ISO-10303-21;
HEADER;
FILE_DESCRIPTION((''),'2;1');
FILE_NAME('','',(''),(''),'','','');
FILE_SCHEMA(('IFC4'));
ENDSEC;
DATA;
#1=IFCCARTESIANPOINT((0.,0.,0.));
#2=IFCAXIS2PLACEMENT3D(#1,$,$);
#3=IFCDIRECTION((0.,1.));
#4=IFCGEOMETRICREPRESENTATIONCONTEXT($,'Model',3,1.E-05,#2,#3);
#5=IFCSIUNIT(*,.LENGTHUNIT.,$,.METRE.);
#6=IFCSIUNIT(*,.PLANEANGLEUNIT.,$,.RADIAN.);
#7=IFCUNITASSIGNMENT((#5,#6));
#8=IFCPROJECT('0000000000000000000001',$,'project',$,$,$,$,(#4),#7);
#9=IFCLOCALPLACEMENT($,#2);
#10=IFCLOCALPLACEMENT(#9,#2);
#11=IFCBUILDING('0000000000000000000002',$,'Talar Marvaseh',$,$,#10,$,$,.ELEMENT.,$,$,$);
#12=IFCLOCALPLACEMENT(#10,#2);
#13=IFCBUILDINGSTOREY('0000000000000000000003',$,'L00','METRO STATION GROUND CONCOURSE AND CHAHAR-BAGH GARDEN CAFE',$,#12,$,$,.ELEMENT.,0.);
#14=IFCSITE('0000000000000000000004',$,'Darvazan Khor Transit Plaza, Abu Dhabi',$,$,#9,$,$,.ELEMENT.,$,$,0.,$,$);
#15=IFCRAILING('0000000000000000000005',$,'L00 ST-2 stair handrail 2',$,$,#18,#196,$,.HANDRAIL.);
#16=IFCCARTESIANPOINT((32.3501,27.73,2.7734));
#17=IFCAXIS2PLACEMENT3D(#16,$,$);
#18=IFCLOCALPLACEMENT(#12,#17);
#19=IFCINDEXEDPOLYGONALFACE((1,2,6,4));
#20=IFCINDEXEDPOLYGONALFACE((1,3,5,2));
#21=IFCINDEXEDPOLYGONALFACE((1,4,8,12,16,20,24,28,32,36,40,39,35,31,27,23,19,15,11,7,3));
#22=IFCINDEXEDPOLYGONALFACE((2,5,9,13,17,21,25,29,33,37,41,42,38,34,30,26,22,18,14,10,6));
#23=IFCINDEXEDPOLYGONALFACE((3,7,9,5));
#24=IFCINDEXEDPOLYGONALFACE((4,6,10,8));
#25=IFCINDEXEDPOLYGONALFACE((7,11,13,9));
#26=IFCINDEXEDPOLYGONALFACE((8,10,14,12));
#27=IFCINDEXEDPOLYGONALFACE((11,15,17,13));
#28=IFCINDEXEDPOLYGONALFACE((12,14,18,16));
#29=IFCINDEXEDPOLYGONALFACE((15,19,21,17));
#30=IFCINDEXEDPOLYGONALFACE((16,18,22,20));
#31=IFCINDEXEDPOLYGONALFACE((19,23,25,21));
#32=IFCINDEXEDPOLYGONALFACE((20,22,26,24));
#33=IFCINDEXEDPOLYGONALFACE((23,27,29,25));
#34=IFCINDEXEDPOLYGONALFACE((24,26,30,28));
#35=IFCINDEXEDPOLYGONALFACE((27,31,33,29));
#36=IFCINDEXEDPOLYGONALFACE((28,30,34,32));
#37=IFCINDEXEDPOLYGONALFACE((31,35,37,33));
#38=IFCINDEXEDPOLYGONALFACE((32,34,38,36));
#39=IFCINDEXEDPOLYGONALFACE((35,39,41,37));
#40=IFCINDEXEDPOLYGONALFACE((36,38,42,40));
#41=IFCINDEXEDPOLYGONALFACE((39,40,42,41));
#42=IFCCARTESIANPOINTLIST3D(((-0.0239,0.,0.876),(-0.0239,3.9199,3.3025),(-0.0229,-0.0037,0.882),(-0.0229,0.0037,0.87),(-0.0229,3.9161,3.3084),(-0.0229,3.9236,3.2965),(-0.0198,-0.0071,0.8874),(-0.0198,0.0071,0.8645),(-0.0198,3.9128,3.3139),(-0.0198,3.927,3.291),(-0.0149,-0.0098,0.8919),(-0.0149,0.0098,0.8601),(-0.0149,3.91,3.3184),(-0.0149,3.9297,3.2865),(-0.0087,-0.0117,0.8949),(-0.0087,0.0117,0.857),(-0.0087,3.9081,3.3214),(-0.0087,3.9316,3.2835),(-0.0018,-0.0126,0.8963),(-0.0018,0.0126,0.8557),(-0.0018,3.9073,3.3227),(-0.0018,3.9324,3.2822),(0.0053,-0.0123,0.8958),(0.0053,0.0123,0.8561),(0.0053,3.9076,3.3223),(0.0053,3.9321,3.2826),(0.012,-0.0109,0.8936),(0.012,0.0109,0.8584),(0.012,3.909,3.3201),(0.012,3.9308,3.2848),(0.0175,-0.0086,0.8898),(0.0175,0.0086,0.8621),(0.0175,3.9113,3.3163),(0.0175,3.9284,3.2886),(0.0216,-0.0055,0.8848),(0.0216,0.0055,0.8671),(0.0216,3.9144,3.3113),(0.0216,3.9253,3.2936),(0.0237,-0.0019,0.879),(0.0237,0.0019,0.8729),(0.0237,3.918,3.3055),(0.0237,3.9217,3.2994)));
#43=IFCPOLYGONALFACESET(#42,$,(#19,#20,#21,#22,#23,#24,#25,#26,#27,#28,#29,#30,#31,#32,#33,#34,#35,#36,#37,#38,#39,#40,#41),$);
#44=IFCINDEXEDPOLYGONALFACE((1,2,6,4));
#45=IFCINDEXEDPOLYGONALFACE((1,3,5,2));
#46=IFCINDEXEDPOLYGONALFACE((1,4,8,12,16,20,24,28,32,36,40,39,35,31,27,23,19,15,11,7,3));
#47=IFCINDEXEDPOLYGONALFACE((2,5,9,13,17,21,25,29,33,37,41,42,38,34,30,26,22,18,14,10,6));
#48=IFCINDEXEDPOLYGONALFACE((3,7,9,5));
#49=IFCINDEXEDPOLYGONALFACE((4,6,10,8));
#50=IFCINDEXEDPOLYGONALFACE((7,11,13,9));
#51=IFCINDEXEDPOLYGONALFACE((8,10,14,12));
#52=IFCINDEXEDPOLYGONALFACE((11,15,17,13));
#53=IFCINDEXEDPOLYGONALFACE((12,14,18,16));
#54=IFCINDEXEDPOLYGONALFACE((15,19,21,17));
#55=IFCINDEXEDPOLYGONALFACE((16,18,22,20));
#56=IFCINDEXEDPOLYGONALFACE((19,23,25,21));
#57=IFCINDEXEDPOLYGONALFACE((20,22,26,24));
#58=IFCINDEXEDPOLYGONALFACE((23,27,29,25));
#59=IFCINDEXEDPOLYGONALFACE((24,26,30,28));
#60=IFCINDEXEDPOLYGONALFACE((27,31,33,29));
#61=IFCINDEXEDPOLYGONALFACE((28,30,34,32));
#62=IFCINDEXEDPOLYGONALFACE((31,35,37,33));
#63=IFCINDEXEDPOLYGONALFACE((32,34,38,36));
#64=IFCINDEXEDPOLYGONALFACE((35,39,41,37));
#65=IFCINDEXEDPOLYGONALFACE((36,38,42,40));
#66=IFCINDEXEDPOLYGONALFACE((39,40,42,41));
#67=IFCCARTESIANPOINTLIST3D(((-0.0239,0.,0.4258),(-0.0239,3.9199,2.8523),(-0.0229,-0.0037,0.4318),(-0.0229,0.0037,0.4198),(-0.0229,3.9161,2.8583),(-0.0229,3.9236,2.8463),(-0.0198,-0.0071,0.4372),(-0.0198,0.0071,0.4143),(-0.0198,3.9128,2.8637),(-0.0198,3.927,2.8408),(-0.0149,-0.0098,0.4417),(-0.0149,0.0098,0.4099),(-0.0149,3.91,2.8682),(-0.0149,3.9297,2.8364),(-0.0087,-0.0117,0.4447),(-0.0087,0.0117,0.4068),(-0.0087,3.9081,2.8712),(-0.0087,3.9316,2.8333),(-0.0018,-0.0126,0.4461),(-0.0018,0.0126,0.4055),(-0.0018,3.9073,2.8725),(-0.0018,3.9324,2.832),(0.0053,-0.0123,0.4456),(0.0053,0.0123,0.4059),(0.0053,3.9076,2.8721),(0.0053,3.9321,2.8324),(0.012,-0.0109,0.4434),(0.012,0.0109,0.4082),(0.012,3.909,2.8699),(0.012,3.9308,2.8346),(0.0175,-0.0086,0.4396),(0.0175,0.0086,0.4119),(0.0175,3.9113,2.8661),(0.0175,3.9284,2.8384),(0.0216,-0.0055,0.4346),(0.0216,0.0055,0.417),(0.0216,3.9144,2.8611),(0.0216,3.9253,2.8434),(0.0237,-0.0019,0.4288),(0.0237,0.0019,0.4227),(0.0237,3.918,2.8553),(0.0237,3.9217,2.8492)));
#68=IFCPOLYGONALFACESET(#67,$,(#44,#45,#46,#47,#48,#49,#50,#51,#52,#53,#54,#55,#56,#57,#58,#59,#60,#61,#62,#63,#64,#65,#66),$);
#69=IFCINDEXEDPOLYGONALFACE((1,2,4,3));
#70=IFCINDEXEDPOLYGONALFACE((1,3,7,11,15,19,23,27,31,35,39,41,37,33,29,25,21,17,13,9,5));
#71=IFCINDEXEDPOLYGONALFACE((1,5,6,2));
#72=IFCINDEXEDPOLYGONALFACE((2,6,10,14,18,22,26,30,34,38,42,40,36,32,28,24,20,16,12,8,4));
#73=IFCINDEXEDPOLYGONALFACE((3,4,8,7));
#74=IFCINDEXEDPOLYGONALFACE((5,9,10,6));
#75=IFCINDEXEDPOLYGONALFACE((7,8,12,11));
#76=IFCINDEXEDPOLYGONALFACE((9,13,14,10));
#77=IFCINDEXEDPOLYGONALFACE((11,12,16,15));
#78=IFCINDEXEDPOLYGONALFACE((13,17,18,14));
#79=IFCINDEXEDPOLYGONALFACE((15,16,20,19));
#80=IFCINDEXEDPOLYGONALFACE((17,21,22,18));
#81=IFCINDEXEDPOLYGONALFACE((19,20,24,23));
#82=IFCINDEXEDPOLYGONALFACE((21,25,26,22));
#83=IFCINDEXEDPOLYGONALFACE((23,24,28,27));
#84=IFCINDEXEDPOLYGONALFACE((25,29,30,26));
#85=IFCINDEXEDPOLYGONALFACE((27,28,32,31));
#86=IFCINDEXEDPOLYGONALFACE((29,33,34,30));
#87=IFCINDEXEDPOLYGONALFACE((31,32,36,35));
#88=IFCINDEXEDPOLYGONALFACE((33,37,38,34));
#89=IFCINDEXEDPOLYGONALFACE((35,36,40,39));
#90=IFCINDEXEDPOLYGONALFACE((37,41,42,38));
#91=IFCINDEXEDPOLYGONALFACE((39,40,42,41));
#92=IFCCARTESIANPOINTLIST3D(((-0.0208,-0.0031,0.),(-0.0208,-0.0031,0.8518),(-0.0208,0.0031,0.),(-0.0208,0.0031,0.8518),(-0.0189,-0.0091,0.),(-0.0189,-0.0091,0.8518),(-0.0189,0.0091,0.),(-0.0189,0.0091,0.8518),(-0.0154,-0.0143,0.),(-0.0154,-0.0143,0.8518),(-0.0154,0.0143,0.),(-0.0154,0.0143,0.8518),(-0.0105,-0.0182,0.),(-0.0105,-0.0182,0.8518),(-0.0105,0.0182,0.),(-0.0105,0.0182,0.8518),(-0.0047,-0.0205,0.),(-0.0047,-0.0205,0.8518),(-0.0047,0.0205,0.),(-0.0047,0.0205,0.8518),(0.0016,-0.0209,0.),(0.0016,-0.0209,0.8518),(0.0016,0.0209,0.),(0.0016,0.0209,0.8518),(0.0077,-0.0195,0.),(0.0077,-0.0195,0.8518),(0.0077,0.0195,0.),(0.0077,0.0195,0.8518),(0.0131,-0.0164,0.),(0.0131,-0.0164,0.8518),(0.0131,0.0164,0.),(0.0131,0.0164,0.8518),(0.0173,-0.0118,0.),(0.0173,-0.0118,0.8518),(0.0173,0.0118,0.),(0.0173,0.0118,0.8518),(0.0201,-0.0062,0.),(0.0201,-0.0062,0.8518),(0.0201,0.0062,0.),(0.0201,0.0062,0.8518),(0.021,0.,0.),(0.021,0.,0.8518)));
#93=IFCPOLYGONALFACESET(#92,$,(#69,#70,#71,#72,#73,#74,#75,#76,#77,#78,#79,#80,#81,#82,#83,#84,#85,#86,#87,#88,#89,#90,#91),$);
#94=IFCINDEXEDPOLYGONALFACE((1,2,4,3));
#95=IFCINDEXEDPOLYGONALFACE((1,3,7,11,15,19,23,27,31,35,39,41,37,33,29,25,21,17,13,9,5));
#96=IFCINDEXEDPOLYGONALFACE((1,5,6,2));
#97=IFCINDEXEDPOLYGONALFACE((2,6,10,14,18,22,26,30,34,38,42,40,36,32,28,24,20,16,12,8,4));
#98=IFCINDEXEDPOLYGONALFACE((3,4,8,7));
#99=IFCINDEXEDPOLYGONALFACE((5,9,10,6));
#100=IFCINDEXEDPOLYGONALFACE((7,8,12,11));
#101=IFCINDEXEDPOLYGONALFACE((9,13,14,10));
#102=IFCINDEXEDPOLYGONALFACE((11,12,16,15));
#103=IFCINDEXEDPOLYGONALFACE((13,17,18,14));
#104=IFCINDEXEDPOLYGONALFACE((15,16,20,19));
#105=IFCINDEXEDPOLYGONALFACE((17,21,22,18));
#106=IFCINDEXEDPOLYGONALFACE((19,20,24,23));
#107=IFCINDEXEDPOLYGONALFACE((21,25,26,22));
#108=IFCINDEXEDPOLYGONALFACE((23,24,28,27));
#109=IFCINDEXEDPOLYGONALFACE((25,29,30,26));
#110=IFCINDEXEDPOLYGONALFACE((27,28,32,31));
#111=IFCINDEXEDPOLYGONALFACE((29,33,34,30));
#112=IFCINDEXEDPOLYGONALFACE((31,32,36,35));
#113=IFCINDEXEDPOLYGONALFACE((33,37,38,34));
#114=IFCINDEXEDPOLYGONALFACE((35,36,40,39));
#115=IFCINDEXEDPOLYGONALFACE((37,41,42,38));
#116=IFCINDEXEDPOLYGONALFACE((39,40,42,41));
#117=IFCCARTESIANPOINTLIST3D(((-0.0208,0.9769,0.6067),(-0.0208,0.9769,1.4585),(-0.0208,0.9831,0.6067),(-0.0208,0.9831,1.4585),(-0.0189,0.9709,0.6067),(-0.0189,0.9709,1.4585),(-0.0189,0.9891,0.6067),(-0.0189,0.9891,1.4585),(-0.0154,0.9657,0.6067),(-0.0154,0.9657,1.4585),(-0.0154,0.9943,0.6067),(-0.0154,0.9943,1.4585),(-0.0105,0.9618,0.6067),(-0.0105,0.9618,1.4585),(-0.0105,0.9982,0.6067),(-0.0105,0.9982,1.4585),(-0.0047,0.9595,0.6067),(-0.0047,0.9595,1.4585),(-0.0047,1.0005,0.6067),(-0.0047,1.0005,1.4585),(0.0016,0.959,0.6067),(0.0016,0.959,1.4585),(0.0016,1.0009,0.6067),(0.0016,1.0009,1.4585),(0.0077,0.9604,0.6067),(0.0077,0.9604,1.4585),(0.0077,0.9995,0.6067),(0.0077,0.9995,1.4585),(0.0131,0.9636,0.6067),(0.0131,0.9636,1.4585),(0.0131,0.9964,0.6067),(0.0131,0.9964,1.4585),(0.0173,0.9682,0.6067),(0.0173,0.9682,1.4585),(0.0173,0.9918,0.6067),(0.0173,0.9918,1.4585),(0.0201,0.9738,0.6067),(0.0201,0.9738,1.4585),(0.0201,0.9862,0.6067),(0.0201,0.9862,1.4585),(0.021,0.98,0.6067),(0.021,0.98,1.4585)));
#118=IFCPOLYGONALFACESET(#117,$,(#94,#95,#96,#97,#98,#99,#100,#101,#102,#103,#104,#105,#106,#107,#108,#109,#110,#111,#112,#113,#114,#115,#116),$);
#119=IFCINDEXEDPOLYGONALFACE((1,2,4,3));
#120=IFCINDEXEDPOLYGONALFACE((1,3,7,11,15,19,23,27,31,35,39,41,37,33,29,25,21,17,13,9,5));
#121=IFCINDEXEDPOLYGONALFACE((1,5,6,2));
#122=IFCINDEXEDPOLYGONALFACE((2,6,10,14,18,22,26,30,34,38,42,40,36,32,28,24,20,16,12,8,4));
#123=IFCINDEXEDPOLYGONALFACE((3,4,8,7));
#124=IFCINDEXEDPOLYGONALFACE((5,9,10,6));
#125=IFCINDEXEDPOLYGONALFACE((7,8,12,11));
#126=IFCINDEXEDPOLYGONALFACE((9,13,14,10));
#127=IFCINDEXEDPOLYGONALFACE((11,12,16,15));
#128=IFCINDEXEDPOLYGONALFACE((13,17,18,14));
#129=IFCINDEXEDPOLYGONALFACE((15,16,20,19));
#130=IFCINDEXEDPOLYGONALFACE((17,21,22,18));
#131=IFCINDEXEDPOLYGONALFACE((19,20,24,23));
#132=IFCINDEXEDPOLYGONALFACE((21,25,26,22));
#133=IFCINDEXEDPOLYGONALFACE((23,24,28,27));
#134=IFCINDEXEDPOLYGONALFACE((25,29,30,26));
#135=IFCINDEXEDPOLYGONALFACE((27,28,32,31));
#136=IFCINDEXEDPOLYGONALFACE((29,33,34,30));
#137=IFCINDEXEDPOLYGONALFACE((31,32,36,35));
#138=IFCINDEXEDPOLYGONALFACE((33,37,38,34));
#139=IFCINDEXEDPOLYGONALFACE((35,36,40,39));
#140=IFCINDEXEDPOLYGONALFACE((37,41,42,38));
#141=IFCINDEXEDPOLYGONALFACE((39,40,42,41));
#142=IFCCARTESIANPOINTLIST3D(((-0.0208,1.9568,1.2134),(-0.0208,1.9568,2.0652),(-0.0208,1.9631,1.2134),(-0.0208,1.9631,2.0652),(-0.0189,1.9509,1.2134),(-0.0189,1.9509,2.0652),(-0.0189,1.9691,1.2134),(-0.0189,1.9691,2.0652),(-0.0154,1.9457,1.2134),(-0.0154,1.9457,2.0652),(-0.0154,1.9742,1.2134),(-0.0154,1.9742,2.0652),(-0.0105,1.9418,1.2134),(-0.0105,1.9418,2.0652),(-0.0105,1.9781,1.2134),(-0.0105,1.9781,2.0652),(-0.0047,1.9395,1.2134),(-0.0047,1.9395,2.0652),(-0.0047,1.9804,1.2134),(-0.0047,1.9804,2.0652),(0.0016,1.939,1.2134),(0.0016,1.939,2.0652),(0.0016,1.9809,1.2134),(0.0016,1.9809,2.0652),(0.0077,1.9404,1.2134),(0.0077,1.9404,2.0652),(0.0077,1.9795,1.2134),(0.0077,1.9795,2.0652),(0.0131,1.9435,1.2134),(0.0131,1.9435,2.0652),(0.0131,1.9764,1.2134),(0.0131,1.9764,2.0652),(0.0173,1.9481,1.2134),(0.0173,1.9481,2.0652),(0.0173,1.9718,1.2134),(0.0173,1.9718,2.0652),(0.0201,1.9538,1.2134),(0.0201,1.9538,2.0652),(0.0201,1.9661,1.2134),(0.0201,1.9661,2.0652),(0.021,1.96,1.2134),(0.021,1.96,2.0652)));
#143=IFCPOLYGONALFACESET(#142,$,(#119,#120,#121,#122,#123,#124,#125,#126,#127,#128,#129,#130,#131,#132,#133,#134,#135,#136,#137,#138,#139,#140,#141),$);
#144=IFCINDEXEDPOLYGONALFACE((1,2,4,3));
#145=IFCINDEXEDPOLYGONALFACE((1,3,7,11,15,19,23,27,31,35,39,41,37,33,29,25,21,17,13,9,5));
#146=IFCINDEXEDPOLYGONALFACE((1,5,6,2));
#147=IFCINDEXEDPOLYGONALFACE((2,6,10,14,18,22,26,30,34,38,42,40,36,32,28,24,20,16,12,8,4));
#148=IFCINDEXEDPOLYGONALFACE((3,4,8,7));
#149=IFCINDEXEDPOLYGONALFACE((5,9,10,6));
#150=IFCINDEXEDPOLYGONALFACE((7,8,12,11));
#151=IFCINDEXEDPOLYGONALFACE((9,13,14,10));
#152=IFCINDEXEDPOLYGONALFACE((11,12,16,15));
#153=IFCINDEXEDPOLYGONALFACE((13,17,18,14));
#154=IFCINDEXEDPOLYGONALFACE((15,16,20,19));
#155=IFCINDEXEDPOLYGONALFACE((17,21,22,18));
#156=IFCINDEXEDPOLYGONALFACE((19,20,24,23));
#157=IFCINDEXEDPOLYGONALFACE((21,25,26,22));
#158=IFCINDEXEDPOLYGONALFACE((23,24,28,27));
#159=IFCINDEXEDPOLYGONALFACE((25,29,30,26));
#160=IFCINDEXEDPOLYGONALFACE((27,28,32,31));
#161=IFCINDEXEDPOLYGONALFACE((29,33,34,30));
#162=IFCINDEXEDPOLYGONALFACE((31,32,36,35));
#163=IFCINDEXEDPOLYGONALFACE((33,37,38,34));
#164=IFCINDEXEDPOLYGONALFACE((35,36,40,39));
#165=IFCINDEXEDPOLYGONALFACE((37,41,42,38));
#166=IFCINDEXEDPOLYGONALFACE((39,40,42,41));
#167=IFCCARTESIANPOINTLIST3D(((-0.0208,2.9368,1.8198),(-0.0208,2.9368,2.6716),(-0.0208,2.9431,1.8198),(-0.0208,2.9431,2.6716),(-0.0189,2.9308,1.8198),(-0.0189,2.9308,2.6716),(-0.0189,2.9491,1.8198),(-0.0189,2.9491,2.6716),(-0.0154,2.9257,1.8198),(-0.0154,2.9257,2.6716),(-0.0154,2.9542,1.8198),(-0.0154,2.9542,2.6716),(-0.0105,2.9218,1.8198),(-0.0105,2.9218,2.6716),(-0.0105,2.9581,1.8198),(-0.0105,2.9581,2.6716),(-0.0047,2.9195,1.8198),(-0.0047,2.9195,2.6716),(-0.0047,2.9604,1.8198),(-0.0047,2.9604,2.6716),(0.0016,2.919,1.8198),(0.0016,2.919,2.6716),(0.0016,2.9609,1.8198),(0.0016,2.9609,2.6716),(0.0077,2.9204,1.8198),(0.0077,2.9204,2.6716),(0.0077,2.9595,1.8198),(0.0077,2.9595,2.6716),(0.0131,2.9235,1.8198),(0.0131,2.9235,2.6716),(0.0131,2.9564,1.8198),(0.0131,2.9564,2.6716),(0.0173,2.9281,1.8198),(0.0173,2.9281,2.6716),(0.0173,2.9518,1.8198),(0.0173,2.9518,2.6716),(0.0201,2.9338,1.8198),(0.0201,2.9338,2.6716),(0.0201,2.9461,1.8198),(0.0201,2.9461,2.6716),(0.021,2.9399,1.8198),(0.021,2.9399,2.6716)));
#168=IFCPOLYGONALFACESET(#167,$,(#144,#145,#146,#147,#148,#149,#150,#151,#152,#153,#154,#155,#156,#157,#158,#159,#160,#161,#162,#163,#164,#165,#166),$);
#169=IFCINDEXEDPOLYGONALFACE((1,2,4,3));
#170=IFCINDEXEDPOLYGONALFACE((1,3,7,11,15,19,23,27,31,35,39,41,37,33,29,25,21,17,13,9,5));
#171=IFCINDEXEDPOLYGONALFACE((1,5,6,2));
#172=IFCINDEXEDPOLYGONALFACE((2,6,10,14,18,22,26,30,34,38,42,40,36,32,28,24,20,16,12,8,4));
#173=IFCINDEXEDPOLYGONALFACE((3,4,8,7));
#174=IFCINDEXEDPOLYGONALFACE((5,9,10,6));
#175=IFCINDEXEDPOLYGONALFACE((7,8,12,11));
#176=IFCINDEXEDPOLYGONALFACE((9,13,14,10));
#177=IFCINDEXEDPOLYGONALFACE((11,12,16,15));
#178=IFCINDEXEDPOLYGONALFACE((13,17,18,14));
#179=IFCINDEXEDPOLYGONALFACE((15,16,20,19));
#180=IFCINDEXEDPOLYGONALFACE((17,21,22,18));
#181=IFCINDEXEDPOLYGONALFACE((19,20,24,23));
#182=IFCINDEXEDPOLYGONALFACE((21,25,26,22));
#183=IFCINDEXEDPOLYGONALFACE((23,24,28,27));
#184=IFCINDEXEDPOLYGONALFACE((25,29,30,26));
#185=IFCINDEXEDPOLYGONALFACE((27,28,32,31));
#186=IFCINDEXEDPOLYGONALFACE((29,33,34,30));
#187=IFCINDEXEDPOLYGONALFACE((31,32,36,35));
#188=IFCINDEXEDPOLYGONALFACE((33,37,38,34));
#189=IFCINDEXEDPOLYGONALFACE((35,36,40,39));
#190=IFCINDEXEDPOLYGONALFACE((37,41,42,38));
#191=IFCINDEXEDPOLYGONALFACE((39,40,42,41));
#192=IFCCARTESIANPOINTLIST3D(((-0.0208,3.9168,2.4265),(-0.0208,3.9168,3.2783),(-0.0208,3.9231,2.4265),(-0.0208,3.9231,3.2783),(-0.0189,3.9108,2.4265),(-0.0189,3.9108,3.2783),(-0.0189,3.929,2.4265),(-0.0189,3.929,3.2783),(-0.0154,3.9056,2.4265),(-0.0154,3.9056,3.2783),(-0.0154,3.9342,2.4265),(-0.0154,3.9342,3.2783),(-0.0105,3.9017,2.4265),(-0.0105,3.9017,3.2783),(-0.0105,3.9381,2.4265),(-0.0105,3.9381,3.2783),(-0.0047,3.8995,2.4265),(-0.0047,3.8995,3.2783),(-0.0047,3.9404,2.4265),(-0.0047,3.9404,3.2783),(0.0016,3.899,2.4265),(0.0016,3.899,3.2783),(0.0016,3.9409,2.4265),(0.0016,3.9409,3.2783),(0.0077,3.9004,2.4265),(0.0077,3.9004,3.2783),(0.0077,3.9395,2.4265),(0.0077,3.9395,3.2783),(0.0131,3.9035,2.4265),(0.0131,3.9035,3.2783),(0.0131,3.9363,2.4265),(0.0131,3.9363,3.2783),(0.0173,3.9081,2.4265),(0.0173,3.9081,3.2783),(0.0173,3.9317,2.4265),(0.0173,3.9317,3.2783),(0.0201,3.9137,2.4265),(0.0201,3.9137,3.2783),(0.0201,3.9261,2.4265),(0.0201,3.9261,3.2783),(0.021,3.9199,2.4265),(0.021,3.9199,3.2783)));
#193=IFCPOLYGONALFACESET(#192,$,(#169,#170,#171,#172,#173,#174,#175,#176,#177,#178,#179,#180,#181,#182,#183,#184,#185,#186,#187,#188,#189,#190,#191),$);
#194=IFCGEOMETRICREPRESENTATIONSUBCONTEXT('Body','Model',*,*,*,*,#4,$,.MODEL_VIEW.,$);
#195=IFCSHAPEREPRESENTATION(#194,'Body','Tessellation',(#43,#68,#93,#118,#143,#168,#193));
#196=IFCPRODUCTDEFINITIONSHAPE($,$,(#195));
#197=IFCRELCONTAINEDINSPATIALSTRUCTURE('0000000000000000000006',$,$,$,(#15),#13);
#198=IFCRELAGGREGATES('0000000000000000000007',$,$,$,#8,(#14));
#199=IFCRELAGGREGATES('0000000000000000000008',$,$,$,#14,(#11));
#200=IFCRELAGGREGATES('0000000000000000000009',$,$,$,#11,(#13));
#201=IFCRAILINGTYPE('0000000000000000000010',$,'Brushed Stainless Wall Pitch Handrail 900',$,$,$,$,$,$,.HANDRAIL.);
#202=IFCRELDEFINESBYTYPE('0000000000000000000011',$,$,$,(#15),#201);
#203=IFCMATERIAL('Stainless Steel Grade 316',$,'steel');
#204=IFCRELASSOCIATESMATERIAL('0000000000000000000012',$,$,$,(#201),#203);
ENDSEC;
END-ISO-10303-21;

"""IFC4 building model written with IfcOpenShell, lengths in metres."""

from ifc_helpers import new_model, si_unit, direction, frame, origin, origin_2d, place, context, subcontext, project, spatial, circle, extrude, material, type_object, element, save


model = new_model("IFC4")

# Units and contexts
model_context = context("Model", 3, precision=1e-05, world=origin(), true_north=direction((0.0, 1.0)))
body_context = subcontext(model_context, "Body", "Model", "MODEL_VIEW")
ifc_project = project(units=[si_unit("LENGTHUNIT", "METRE"), si_unit("PLANEANGLEUNIT", "RADIAN")], contexts=[model_context])

# Site, building, storey
site_placement = place(None, origin())
site = spatial("IfcSite", under=ifc_project, at=site_placement, Name="Darvazan Khor Transit Plaza, Abu Dhabi", CompositionType="ELEMENT", RefElevation=0.0)
building_placement = place(site_placement, origin())
building = spatial("IfcBuilding", under=site, at=building_placement, Name="Talar Marvaseh", CompositionType="ELEMENT")
storey_placement = place(building_placement, origin())
storey = spatial("IfcBuildingStorey", under=building, at=storey_placement, Name="L00", Description="METRO STATION GROUND CONCOURSE AND CHAHAR-BAGH GARDEN CAFE", CompositionType="ELEMENT", Elevation=0.0)

# Shared definitions
ifc_material_1 = material(Name="Stainless Steel Grade 316", Category="steel")

# Railing
railing_type_1 = type_object("IfcRailingType", Name="Brushed Stainless Wall Pitch Handrail 900", PredefinedType="HANDRAIL", material=ifc_material_1)
railing_1_placement = place(storey_placement, frame((32.3501, 27.73, 2.7734)))
element("IfcRailing", 1, at=railing_1_placement, inside=storey, type_object=railing_type_1, Name="L00 ST-2 stair handrail 2", PredefinedType="HANDRAIL", context=body_context, shape_type="SweptSolid", body=[
    extrude(circle(Radius=0.0239, at=origin_2d()), frame((0.0, 0.0, 0.876), z_axis=(0.0, 0.850275, 0.526338), x_axis=(-1.0, 0.0, 0.0)), (0.0, 0.0, 1.0), 4.6101),
    extrude(circle(Radius=0.0239, at=origin_2d()), frame((0.0, 0.0, 0.4258), z_axis=(0.0, 0.850275, 0.526338), x_axis=(-1.0, 0.0, 0.0)), (0.0, 0.0, 1.0), 4.6101),
    extrude(circle(Radius=0.021, at=origin_2d()), origin(), (0.0, 0.0, 1.0), 0.8518),
    extrude(circle(Radius=0.021, at=origin_2d()), frame((0.0, 0.98, 0.6067)), (0.0, 0.0, 1.0), 0.8518),
    extrude(circle(Radius=0.021, at=origin_2d()), frame((0.0, 1.96, 1.2134)), (0.0, 0.0, 1.0), 0.8518),
    extrude(circle(Radius=0.021, at=origin_2d()), frame((0.0, 2.9399, 1.8198)), (0.0, 0.0, 1.0), 0.8518),
    extrude(circle(Radius=0.021, at=origin_2d()), frame((0.0, 3.9199, 2.4265)), (0.0, 0.0, 1.0), 0.8518),
])

save(model, "model.ifc")
